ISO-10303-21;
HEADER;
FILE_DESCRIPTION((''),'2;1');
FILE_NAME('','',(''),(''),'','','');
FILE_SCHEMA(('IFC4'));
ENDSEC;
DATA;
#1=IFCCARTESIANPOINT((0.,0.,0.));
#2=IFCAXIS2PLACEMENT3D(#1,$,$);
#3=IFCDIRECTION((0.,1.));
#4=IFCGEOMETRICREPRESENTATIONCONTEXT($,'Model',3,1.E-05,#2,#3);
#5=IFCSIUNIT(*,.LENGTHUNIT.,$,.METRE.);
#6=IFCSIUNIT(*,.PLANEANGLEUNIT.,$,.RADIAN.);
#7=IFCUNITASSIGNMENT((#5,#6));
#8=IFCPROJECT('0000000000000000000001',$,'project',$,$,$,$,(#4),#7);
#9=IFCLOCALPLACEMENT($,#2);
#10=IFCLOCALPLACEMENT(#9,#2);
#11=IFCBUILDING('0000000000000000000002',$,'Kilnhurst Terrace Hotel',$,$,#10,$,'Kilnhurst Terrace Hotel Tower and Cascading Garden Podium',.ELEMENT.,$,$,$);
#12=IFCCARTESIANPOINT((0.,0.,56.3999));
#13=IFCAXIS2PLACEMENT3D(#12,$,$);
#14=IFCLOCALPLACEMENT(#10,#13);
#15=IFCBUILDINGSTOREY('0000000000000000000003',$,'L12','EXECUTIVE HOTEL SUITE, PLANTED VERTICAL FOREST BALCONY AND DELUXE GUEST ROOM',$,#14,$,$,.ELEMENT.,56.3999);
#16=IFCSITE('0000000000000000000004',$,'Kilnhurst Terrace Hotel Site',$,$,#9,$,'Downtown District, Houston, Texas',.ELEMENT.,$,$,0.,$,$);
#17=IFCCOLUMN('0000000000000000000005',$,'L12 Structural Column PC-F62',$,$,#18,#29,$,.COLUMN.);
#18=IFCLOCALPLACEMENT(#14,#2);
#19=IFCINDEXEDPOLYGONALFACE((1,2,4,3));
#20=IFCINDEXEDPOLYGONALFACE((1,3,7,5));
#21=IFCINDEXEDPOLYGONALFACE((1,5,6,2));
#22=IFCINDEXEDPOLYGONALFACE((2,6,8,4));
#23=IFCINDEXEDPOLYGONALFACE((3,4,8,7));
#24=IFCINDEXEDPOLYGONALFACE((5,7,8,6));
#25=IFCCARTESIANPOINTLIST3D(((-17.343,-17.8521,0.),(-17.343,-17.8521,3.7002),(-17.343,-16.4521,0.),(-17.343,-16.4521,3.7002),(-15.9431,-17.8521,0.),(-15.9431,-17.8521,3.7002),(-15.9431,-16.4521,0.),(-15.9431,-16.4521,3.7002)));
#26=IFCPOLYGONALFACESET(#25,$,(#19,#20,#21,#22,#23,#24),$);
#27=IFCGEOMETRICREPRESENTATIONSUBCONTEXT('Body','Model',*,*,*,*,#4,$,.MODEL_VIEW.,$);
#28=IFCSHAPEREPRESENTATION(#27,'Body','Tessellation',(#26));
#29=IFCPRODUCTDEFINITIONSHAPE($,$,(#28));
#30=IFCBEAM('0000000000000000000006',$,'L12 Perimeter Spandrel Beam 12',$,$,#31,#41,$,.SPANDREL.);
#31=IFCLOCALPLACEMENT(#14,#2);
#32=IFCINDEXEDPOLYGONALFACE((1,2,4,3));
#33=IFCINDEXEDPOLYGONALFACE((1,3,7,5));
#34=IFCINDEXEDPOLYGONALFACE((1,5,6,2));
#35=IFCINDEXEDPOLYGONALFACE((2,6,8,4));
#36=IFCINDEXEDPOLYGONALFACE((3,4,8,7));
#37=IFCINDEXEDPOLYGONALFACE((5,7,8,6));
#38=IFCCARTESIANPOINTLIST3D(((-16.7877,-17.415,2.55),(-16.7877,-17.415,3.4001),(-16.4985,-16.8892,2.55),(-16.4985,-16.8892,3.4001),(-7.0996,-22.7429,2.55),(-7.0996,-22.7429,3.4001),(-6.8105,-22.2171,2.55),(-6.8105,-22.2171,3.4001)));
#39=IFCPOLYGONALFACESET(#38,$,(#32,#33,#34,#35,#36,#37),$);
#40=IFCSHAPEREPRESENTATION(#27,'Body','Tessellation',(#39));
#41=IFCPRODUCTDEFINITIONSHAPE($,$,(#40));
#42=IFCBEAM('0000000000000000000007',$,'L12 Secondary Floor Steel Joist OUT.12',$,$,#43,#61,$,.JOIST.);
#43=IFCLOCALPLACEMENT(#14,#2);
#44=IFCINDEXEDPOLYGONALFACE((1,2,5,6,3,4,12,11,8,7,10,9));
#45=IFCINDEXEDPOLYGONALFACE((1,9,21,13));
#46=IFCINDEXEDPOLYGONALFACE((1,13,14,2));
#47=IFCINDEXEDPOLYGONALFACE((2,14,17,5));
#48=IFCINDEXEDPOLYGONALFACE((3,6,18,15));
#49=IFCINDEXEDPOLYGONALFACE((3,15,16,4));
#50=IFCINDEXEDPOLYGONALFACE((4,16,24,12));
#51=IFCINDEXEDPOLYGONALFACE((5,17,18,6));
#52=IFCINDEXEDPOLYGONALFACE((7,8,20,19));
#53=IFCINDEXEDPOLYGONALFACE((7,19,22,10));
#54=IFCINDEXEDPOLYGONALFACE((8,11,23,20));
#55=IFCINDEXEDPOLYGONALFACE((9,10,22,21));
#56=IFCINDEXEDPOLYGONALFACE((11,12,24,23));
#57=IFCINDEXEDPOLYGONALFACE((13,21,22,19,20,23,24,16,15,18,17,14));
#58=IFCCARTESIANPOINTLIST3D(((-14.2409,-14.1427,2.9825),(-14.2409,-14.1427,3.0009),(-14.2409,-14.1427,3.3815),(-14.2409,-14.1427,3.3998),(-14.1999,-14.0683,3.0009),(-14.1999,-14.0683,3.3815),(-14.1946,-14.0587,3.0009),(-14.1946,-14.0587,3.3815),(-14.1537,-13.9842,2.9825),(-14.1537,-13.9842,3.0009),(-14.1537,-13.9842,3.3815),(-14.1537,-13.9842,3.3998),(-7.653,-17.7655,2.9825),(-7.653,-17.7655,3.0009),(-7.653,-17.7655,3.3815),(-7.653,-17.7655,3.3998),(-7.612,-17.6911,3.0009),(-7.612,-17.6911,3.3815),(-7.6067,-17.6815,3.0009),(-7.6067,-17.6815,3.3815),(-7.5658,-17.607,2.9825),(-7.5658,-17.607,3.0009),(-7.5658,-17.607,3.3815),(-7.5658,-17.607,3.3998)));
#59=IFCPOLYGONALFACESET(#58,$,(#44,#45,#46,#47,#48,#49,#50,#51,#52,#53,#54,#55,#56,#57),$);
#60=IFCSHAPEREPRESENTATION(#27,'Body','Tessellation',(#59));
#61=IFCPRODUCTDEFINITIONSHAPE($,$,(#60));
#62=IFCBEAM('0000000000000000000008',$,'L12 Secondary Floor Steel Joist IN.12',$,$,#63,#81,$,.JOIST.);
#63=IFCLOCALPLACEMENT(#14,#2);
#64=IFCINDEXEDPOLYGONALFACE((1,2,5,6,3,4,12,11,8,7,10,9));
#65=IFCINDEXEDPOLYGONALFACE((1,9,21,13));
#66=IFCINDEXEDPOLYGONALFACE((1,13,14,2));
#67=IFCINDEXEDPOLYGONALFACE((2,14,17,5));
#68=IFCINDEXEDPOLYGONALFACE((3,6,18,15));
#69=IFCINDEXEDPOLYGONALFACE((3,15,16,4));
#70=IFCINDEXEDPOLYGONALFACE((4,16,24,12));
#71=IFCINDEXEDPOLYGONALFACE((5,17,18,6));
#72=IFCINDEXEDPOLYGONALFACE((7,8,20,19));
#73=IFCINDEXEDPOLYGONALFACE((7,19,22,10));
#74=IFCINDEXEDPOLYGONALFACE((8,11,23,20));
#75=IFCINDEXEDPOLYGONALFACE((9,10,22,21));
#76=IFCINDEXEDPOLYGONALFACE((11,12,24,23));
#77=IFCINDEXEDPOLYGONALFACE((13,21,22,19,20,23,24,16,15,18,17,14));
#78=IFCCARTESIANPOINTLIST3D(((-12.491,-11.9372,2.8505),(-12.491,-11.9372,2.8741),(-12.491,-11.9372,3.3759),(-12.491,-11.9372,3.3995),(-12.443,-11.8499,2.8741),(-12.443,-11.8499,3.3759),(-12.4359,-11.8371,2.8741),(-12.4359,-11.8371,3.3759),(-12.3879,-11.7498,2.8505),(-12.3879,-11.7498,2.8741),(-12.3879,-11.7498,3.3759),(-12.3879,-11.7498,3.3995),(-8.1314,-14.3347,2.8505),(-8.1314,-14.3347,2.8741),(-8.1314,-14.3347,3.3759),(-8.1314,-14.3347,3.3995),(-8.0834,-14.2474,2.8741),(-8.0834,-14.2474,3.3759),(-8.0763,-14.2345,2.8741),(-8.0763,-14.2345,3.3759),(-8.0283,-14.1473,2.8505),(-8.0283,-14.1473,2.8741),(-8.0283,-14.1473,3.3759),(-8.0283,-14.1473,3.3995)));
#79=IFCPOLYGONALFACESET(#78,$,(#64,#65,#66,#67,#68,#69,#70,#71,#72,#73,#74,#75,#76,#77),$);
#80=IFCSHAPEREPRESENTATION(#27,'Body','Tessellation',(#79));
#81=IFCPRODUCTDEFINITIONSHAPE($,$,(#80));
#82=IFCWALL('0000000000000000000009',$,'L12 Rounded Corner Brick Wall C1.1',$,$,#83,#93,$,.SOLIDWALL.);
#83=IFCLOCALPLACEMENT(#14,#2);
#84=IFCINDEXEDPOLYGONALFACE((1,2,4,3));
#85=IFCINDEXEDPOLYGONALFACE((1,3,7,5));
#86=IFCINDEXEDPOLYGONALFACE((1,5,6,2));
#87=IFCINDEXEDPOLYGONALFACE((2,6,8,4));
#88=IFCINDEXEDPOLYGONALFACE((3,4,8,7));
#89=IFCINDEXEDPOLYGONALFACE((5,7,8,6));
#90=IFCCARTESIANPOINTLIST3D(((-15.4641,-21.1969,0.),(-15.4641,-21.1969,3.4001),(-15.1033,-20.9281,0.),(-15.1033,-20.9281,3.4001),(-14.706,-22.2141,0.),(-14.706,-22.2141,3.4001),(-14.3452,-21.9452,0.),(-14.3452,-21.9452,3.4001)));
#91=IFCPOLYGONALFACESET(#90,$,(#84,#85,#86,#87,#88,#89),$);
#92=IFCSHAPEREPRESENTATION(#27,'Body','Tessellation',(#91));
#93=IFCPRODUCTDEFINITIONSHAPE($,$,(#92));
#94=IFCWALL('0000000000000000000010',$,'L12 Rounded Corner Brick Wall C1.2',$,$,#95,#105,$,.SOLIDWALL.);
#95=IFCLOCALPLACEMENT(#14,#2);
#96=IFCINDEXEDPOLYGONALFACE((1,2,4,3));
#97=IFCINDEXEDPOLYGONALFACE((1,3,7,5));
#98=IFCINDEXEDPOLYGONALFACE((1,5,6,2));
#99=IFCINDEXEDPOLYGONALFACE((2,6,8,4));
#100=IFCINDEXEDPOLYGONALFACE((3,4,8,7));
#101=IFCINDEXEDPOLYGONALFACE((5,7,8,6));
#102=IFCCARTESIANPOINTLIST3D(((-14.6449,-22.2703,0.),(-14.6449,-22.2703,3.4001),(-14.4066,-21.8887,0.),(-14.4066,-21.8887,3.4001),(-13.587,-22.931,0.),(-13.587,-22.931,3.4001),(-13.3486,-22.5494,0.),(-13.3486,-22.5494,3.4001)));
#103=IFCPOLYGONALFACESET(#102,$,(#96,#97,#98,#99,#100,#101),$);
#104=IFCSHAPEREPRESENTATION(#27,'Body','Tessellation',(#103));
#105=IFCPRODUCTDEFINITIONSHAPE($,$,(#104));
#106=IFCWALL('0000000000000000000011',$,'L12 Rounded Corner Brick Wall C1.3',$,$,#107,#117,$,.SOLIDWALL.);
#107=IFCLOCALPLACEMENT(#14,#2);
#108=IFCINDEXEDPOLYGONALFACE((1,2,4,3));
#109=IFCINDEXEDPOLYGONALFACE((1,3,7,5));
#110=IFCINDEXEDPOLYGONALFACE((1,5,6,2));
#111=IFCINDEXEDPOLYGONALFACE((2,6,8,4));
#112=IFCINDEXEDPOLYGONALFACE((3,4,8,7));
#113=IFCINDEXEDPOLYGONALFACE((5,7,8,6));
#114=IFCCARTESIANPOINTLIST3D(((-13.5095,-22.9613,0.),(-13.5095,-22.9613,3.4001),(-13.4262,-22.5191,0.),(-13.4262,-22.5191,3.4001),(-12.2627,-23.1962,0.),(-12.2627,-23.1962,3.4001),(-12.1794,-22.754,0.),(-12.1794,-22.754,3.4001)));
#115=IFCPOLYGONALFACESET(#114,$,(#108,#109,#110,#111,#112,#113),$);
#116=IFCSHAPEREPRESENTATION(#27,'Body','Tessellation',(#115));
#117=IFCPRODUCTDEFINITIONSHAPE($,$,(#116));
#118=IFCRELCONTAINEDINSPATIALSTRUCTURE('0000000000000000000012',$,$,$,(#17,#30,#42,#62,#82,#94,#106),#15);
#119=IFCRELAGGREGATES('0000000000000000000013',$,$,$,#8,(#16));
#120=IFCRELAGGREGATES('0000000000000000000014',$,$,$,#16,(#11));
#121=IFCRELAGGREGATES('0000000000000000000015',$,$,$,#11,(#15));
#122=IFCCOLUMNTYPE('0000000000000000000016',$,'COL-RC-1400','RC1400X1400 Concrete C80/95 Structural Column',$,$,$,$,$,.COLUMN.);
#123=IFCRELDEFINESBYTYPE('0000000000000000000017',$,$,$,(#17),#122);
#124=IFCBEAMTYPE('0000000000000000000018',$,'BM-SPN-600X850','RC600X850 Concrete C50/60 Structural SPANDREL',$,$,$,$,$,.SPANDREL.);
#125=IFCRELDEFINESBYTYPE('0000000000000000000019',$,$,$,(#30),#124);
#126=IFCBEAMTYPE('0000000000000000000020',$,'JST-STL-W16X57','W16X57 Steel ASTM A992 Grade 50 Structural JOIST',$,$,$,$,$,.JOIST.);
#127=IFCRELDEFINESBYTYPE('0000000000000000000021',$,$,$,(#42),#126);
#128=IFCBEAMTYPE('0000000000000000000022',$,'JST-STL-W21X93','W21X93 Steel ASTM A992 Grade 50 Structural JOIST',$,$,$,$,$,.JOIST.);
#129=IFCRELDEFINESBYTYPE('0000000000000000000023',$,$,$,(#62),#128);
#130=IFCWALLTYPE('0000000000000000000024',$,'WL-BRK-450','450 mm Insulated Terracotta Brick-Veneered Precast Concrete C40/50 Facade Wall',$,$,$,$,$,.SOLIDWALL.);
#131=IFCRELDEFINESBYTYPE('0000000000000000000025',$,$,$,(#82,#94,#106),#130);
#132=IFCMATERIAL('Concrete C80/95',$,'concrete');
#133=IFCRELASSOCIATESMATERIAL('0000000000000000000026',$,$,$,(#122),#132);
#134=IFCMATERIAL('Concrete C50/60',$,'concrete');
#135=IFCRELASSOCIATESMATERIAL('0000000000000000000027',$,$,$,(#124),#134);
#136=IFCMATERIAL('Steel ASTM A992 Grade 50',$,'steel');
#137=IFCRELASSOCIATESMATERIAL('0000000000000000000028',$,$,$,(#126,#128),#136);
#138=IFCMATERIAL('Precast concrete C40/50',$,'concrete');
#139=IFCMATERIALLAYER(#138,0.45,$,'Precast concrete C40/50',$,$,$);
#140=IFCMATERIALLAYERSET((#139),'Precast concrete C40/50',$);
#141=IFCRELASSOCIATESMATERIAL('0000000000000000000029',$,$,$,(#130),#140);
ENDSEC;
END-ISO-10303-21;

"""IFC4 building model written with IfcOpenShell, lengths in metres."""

from ifc_helpers import new_model, si_unit, direction, frame, frame_2d, origin, origin_2d, place, context, subcontext, project, spatial, rectangle, i_section, extrude, material, layer, layer_set, material_profile, profile_set, type_object, element, save


model = new_model("IFC4")

# Units and contexts
model_context = context("Model", 3, precision=1e-05, world=origin(), true_north=direction((0.0, 1.0)))
body_context = subcontext(model_context, "Body", "Model", "MODEL_VIEW")
ifc_project = project(units=[si_unit("LENGTHUNIT", "METRE"), si_unit("PLANEANGLEUNIT", "RADIAN")], contexts=[model_context])

# Site, building, storey
site_placement = place(None, origin())
site = spatial("IfcSite", under=ifc_project, at=site_placement, Name="Kilnhurst Terrace Hotel Site", LongName="Downtown District, Houston, Texas", CompositionType="ELEMENT", RefElevation=0.0)
building_placement = place(site_placement, origin())
building = spatial("IfcBuilding", under=site, at=building_placement, Name="Kilnhurst Terrace Hotel", LongName="Kilnhurst Terrace Hotel Tower and Cascading Garden Podium", CompositionType="ELEMENT")
storey_placement = place(building_placement, frame((0.0, 0.0, 56.3999)))
storey = spatial("IfcBuildingStorey", under=building, at=storey_placement, Name="L12", Description="EXECUTIVE HOTEL SUITE, PLANTED VERTICAL FOREST BALCONY AND DELUXE GUEST ROOM", CompositionType="ELEMENT", Elevation=56.3999)

# Column
ifc_material_1 = material(Name="Concrete C80/95", Category="concrete")
ifc_material_profile_1 = material_profile(ifc_material_1, rectangle(XDim=1.3999, YDim=1.3999, at=origin_2d()), Name="RC1400X1400")
ifc_profile_set_1 = profile_set([ifc_material_profile_1], Name="Concrete C80/95")
column_type = type_object("IfcColumnType", Name="COL-RC-1400", Description="RC1400X1400 Concrete C80/95 Structural Column", PredefinedType="COLUMN", material=ifc_profile_set_1)
column_placement = place(storey_placement, frame((-16.6431, -17.1521, 0.0), z_axis=(0.0, 0.0, 1.0), x_axis=(1.0, 0.0, 0.0)))
element("IfcColumn", 1, at=column_placement, inside=storey, type_object=column_type, Name="L12 Structural Column PC-F62", PredefinedType="COLUMN", context=body_context, shape_type="SweptSolid", body=[
    extrude(rectangle(XDim=1.3999, YDim=1.3999, at=origin_2d()), origin(), (0.0, 0.0, 1.0), 3.7002),
])

# Beams
ifc_material_2 = material(Name="Concrete C50/60", Category="concrete")
ifc_material_profile_2 = material_profile(ifc_material_2, rectangle(XDim=0.6001, YDim=0.8501, at=origin_2d()), Name="RC600X850")
ifc_profile_set_2 = profile_set([ifc_material_profile_2], Name="Concrete C50/60")
beam_type_1 = type_object("IfcBeamType", Name="BM-SPN-600X850", Description="RC600X850 Concrete C50/60 Structural SPANDREL", PredefinedType="SPANDREL", material=ifc_profile_set_2)
beam_1_placement = place(storey_placement, frame((-16.6431, -17.1521, 2.9751), z_axis=(0.876235, -0.481883, 0.0), x_axis=(0.481883, 0.876235, 0.0)))
element("IfcBeam", 2, at=beam_1_placement, inside=storey, type_object=beam_type_1, Name="L12 Perimeter Spandrel Beam 12", PredefinedType="SPANDREL", context=body_context, shape_type="SweptSolid", body=[
    extrude(rectangle(XDim=0.6001, YDim=0.8501, at=origin_2d()), origin(), (0.0, 0.0, 1.0), 11.0564),
])
ifc_material_3 = material(Name="Steel ASTM A992 Grade 50", Category="steel")
ifc_material_profile_3 = material_profile(ifc_material_3, i_section(OverallWidth=0.1809, OverallDepth=0.4172, WebThickness=0.011, FlangeThickness=0.0183, at=origin_2d()), Name="W16X57")
ifc_profile_set_3 = profile_set([ifc_material_profile_3], Name="Steel ASTM A992 Grade 50")
beam_type_2 = type_object("IfcBeamType", Name="JST-STL-W16X57", Description="W16X57 Steel ASTM A992 Grade 50 Structural JOIST", PredefinedType="JOIST", material=ifc_profile_set_3)
beam_2_placement = place(storey_placement, frame((-14.1973, -14.0635, 3.1912), z_axis=(0.876246, -0.481864, 0.0), x_axis=(0.481864, 0.876246, 0.0)))
element("IfcBeam", 3, at=beam_2_placement, inside=storey, type_object=beam_type_2, Name="L12 Secondary Floor Steel Joist OUT.12", PredefinedType="JOIST", context=body_context, shape_type="SweptSolid", body=[
    extrude(i_section(OverallWidth=0.1809, OverallDepth=0.4172, WebThickness=0.011, FlangeThickness=0.0183, at=origin_2d()), origin(), (0.0, 0.0, 1.0), 7.5183),
])
ifc_material_profile_4 = material_profile(ifc_material_3, i_section(OverallWidth=0.2139, OverallDepth=0.5491, WebThickness=0.0146, FlangeThickness=0.0237, at=origin_2d()), Name="W21X93")
ifc_profile_set_4 = profile_set([ifc_material_profile_4], Name="Steel ASTM A992 Grade 50")
beam_type_3 = type_object("IfcBeamType", Name="JST-STL-W21X93", Description="W21X93 Steel ASTM A992 Grade 50 Structural JOIST", PredefinedType="JOIST", material=ifc_profile_set_4)
beam_3_placement = place(storey_placement, frame((-12.4395, -11.8435, 3.125), z_axis=(0.876244, -0.481868, 0.0), x_axis=(0.481868, 0.876244, 0.0)))
element("IfcBeam", 4, at=beam_3_placement, inside=storey, type_object=beam_type_3, Name="L12 Secondary Floor Steel Joist IN.12", PredefinedType="JOIST", context=body_context, shape_type="SweptSolid", body=[
    extrude(i_section(OverallWidth=0.2139, OverallDepth=0.5491, WebThickness=0.0146, FlangeThickness=0.0237, at=origin_2d()), origin(), (0.0, 0.0, 1.0), 4.9753),
])

# Walls
ifc_material_4 = material(Name="Precast concrete C40/50", Category="concrete")
ifc_layer_1 = layer(ifc_material_4, 0.45, Name="Precast concrete C40/50")
ifc_layer_set_1 = layer_set([ifc_layer_1], Name="Precast concrete C40/50")
wall_type_1 = type_object("IfcWallType", Name="WL-BRK-450", Description="450 mm Insulated Terracotta Brick-Veneered Precast Concrete C40/50 Facade Wall", PredefinedType="SOLIDWALL", material=ifc_layer_set_1)
wall_1_placement = place(storey_placement, frame((-15.2837, -21.0625, 0.0), z_axis=(0.0, 0.0, 1.0), x_axis=(0.597595, -0.801798, 0.0)))
element("IfcWall", 5, at=wall_1_placement, inside=storey, type_object=wall_type_1, Name="L12 Rounded Corner Brick Wall C1.1", PredefinedType="SOLIDWALL", context=body_context, shape_type="SweptSolid", body=[
    extrude(rectangle(XDim=1.2686, YDim=0.45, at=frame_2d((0.6343, 0.0))), origin(), (0.0, 0.0, 1.0), 3.4001),
])
wall_2_placement = place(storey_placement, frame((-14.5256, -22.0796, 0.0), z_axis=(0.0, 0.0, 1.0), x_axis=(0.848185, -0.5297, 0.0)))
element("IfcWall", 6, at=wall_2_placement, inside=storey, type_object=wall_type_1, Name="L12 Rounded Corner Brick Wall C1.2", PredefinedType="SOLIDWALL", context=body_context, shape_type="SweptSolid", body=[
    extrude(rectangle(XDim=1.2473, YDim=0.45, at=frame_2d((0.6235, 0.0))), origin(), (0.0, 0.0, 1.0), 3.4001),
])
wall_3_placement = place(storey_placement, frame((-13.4678, -22.7402, 0.0), z_axis=(0.0, 0.0, 1.0), x_axis=(0.982717, -0.185113, 0.0)))
element("IfcWall", 7, at=wall_3_placement, inside=storey, type_object=wall_type_1, Name="L12 Rounded Corner Brick Wall C1.3", PredefinedType="SOLIDWALL", context=body_context, shape_type="SweptSolid", body=[
    extrude(rectangle(XDim=1.2688, YDim=0.45, at=frame_2d((0.6343, 0.0))), origin(), (0.0, 0.0, 1.0), 3.4001),
])

save(model, "model.ifc")
